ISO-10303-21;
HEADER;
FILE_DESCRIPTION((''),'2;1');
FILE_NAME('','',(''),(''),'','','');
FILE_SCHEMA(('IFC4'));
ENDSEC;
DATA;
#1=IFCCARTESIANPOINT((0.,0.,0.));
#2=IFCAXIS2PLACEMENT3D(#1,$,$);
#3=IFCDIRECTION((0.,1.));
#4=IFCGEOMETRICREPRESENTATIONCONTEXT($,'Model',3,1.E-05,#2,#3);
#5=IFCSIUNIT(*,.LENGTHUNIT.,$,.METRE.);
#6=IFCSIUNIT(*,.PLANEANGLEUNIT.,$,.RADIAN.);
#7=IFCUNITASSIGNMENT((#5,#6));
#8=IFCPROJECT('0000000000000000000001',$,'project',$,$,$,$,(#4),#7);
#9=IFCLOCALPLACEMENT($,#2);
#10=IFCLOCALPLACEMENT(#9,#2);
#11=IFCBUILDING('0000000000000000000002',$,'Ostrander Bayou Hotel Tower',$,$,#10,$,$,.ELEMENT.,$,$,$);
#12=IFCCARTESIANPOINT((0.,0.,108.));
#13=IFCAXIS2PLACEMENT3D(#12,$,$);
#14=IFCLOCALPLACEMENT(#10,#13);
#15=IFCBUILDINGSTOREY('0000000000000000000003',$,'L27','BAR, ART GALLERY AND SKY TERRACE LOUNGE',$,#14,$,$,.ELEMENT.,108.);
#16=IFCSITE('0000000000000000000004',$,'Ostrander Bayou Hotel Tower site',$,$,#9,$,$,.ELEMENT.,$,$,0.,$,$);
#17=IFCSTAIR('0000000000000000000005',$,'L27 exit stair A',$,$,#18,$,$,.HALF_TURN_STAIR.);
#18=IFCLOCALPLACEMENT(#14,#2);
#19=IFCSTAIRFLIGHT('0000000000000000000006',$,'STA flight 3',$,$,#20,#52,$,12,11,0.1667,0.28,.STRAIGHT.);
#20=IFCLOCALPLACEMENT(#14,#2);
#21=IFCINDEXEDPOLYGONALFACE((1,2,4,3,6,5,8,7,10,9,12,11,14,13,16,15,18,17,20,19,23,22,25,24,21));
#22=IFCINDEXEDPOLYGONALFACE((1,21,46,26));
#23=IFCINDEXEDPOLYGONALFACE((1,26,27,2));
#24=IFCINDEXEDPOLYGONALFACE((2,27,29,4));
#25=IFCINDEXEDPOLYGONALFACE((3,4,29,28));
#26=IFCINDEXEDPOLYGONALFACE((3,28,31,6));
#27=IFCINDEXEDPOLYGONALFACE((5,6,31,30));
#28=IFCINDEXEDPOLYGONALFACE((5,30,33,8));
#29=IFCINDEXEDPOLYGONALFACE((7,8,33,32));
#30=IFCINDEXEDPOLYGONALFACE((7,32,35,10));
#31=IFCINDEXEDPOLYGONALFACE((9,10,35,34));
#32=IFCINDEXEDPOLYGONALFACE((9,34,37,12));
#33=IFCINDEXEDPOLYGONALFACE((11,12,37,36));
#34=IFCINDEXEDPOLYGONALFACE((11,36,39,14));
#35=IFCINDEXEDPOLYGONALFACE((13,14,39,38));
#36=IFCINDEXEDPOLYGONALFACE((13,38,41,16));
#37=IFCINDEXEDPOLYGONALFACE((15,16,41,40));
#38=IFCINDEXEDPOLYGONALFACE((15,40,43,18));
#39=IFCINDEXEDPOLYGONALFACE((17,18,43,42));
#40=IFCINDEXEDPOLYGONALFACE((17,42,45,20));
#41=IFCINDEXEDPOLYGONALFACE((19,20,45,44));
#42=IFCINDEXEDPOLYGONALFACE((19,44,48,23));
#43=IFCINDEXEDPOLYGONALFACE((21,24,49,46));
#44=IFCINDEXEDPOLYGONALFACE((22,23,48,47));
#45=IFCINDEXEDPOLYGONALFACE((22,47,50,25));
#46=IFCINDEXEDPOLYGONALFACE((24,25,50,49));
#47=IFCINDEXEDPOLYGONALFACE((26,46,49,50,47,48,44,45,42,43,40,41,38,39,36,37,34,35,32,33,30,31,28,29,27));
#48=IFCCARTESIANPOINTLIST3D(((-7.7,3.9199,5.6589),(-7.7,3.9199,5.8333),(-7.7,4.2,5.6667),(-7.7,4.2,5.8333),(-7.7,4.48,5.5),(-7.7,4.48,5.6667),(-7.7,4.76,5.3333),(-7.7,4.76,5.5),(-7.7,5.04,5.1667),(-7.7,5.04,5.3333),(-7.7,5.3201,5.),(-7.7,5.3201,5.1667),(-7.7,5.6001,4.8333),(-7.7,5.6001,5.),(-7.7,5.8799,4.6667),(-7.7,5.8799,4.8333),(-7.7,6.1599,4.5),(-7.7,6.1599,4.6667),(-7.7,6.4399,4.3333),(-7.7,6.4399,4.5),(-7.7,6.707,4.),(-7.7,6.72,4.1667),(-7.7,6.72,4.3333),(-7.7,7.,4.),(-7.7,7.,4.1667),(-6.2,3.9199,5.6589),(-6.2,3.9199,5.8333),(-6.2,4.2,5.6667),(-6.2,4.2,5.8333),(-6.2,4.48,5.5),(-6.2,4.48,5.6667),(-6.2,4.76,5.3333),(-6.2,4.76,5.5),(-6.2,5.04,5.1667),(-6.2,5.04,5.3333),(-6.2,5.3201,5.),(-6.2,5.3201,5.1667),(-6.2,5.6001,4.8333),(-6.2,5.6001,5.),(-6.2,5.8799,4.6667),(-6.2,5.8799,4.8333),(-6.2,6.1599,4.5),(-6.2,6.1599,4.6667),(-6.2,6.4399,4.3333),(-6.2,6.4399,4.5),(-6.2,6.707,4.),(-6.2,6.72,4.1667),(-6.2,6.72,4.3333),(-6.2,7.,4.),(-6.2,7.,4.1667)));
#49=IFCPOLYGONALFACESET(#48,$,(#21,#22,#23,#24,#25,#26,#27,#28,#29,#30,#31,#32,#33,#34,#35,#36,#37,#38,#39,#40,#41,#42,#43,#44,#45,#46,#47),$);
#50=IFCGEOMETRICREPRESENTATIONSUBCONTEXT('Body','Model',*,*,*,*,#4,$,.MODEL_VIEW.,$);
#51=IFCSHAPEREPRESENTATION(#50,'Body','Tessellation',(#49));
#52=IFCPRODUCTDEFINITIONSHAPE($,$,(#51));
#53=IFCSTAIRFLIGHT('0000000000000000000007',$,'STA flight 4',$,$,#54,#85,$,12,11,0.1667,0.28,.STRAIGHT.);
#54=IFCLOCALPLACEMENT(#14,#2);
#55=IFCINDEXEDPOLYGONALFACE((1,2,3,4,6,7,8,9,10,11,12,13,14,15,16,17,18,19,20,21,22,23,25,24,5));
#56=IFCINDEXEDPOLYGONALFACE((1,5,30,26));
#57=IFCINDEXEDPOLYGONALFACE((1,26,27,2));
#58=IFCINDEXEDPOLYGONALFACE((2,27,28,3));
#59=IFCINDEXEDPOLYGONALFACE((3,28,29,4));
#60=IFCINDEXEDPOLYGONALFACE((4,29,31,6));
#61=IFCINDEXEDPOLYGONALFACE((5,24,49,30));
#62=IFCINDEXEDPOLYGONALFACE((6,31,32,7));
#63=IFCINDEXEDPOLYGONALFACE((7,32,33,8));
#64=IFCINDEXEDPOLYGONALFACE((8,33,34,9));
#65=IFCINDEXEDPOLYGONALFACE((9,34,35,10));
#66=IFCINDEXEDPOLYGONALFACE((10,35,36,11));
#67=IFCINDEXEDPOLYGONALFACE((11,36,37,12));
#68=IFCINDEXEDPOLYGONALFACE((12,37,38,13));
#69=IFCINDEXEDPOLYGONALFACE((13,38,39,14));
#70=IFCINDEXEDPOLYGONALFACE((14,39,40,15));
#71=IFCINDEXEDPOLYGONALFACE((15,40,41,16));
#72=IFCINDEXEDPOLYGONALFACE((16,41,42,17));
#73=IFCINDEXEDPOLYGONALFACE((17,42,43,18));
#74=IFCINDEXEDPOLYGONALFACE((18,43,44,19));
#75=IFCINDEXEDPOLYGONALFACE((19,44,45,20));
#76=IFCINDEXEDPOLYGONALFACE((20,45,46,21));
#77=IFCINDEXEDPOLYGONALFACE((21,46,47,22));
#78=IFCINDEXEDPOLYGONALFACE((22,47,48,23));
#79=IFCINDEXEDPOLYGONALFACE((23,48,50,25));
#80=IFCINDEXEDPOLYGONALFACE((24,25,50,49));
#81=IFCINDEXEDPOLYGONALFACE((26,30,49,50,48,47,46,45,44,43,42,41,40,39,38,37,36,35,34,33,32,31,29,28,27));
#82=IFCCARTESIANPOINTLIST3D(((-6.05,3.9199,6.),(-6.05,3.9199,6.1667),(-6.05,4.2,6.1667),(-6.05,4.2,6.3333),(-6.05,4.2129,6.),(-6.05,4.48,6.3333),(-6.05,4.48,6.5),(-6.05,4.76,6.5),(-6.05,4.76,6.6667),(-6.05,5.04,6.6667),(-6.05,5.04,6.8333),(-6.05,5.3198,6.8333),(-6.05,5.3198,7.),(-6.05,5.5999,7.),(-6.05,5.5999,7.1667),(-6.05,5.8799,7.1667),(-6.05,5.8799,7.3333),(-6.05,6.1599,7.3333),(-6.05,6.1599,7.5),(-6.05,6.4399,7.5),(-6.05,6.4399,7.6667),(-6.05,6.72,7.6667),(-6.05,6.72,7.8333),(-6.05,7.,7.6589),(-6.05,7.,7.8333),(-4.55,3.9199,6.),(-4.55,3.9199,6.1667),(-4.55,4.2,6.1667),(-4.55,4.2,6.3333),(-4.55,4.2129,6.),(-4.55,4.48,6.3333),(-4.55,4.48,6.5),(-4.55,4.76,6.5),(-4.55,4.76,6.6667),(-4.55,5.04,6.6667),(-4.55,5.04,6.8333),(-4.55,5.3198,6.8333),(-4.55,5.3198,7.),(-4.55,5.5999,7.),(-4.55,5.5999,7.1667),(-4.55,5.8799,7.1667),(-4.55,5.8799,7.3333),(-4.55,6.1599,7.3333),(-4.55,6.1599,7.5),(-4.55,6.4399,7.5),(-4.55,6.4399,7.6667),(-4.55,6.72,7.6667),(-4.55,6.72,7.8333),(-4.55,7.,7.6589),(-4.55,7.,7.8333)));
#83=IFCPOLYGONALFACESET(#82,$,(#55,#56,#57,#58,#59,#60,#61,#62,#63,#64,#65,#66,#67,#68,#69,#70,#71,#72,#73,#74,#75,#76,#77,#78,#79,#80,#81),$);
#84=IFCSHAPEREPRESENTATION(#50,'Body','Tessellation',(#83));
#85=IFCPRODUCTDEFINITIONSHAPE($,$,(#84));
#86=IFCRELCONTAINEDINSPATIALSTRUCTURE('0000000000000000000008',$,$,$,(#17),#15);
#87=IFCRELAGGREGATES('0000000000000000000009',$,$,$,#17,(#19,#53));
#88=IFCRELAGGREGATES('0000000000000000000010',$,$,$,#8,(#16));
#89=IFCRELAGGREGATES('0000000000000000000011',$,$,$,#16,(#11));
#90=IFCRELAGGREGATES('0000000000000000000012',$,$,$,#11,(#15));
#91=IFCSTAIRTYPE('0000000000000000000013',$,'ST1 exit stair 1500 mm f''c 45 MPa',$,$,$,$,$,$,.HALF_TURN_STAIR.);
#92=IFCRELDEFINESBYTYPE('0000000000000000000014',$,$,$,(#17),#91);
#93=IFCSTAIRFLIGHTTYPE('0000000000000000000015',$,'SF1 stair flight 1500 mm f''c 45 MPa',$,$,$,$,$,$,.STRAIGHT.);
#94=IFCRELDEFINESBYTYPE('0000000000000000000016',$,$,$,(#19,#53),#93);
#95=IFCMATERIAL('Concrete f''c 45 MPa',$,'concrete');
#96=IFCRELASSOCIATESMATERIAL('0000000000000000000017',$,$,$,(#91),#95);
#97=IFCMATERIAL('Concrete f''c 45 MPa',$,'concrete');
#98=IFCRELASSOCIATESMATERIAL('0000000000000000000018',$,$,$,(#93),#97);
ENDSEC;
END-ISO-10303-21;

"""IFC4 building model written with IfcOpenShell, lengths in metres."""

from ifc_helpers import new_model, si_unit, direction, frame, origin, place, context, subcontext, project, spatial, polyline, outline, extrude, material, type_object, element, aggregate, save


model = new_model("IFC4")

# Units and contexts
model_context = context("Model", 3, precision=1e-05, world=origin(), true_north=direction((0.0, 1.0)))
body_context = subcontext(model_context, "Body", "Model", "MODEL_VIEW")
ifc_project = project(units=[si_unit("LENGTHUNIT", "METRE"), si_unit("PLANEANGLEUNIT", "RADIAN")], contexts=[model_context])

# Site, building, storey
site_placement = place(None, origin())
site = spatial("IfcSite", under=ifc_project, at=site_placement, Name="Ostrander Bayou Hotel Tower site", CompositionType="ELEMENT", RefElevation=0.0)
building_placement = place(site_placement, origin())
building = spatial("IfcBuilding", under=site, at=building_placement, Name="Ostrander Bayou Hotel Tower", CompositionType="ELEMENT")
storey_placement = place(building_placement, frame((0.0, 0.0, 108.0)))
storey = spatial("IfcBuildingStorey", under=building, at=storey_placement, Name="L27", Description="BAR, ART GALLERY AND SKY TERRACE LOUNGE", CompositionType="ELEMENT", Elevation=108.0)

# Shared definitions
ifc_material_1 = material(Name="Concrete f'c 45 MPa", Category="concrete")
stair_type = type_object("IfcStairType", Name="ST1 exit stair 1500 mm f'c 45 MPa", PredefinedType="HALF_TURN_STAIR", material=ifc_material_1)

# Stair, stair flights
stair_1_placement = place(storey_placement, origin())
stair_1 = element("IfcStair", 1, at=stair_1_placement, inside=storey, type_object=stair_type, Name="L27 exit stair A", PredefinedType="HALF_TURN_STAIR")
ifc_material_2 = material(Name="Concrete f'c 45 MPa", Category="concrete")
stair_flight_type = type_object("IfcStairFlightType", Name="SF1 stair flight 1500 mm f'c 45 MPa", PredefinedType="STRAIGHT", material=ifc_material_2)
stair_flight_1_placement = place(storey_placement, frame((-6.95, 7.0, 4.0), z_axis=(0.0, 0.0, 1.0), x_axis=(0.0, -1.0, 0.0)))
stair_flight_1 = element("IfcStairFlight", 2, at=stair_flight_1_placement, type_object=stair_flight_type, Name="STA flight 3", NumberOfRisers=12, NumberOfTreads=11, PredefinedType="STRAIGHT", RiserHeight=0.1667, TreadLength=0.28, context=body_context, shape_type="SweptSolid", body=[
    extrude(outline(polyline([(0.0, 0.0), (0.0, 0.1667), (0.28, 0.1667), (0.28, 0.3333), (0.5601, 0.3333), (0.5601, 0.5), (0.8401, 0.5), (0.8401, 0.6667), (1.1201, 0.6667), (1.1201, 0.8333), (1.3999, 0.8333), (1.3999, 1.0), (1.6799, 1.0), (1.6799, 1.1667), (1.96, 1.1667), (1.96, 1.3333), (2.24, 1.3333), (2.24, 1.5), (2.52, 1.5), (2.52, 1.6667), (2.8, 1.6667), (2.8, 1.8333), (3.0801, 1.8333), (3.0801, 2.0), (3.0801, 1.6589), (0.293, 0.0), (0.0, 0.0)])), frame((0.0, 0.75, 0.0), z_axis=(0.0, -1.0, 0.0), x_axis=(1.0, 0.0, 0.0)), (0.0, 0.0, 1.0), 1.5),
])
stair_flight_2_placement = place(storey_placement, frame((-5.3, 3.9199, 6.0), z_axis=(0.0, 0.0, 1.0), x_axis=(0.0, 1.0, 0.0)))
stair_flight_2 = element("IfcStairFlight", 3, at=stair_flight_2_placement, type_object=stair_flight_type, Name="STA flight 4", NumberOfRisers=12, NumberOfTreads=11, PredefinedType="STRAIGHT", RiserHeight=0.1667, TreadLength=0.28, context=body_context, shape_type="SweptSolid", body=[
    extrude(outline(polyline([(0.0, 0.0), (0.0, 0.1667), (0.28, 0.1667), (0.28, 0.3333), (0.5601, 0.3333), (0.5601, 0.5), (0.8401, 0.5), (0.8401, 0.6667), (1.1201, 0.6667), (1.1201, 0.8333), (1.3999, 0.8333), (1.3999, 1.0), (1.6799, 1.0), (1.6799, 1.1667), (1.96, 1.1667), (1.96, 1.3333), (2.24, 1.3333), (2.24, 1.5), (2.52, 1.5), (2.52, 1.6667), (2.8, 1.6667), (2.8, 1.8333), (3.0801, 1.8333), (3.0801, 2.0), (3.0801, 1.6589), (0.293, 0.0), (0.0, 0.0)])), frame((0.0, 0.75, 0.0), z_axis=(0.0, -1.0, 0.0), x_axis=(1.0, 0.0, 0.0)), (0.0, 0.0, 1.0), 1.5),
])
aggregate(stair_1, [stair_flight_1, stair_flight_2])

save(model, "model.ifc")
